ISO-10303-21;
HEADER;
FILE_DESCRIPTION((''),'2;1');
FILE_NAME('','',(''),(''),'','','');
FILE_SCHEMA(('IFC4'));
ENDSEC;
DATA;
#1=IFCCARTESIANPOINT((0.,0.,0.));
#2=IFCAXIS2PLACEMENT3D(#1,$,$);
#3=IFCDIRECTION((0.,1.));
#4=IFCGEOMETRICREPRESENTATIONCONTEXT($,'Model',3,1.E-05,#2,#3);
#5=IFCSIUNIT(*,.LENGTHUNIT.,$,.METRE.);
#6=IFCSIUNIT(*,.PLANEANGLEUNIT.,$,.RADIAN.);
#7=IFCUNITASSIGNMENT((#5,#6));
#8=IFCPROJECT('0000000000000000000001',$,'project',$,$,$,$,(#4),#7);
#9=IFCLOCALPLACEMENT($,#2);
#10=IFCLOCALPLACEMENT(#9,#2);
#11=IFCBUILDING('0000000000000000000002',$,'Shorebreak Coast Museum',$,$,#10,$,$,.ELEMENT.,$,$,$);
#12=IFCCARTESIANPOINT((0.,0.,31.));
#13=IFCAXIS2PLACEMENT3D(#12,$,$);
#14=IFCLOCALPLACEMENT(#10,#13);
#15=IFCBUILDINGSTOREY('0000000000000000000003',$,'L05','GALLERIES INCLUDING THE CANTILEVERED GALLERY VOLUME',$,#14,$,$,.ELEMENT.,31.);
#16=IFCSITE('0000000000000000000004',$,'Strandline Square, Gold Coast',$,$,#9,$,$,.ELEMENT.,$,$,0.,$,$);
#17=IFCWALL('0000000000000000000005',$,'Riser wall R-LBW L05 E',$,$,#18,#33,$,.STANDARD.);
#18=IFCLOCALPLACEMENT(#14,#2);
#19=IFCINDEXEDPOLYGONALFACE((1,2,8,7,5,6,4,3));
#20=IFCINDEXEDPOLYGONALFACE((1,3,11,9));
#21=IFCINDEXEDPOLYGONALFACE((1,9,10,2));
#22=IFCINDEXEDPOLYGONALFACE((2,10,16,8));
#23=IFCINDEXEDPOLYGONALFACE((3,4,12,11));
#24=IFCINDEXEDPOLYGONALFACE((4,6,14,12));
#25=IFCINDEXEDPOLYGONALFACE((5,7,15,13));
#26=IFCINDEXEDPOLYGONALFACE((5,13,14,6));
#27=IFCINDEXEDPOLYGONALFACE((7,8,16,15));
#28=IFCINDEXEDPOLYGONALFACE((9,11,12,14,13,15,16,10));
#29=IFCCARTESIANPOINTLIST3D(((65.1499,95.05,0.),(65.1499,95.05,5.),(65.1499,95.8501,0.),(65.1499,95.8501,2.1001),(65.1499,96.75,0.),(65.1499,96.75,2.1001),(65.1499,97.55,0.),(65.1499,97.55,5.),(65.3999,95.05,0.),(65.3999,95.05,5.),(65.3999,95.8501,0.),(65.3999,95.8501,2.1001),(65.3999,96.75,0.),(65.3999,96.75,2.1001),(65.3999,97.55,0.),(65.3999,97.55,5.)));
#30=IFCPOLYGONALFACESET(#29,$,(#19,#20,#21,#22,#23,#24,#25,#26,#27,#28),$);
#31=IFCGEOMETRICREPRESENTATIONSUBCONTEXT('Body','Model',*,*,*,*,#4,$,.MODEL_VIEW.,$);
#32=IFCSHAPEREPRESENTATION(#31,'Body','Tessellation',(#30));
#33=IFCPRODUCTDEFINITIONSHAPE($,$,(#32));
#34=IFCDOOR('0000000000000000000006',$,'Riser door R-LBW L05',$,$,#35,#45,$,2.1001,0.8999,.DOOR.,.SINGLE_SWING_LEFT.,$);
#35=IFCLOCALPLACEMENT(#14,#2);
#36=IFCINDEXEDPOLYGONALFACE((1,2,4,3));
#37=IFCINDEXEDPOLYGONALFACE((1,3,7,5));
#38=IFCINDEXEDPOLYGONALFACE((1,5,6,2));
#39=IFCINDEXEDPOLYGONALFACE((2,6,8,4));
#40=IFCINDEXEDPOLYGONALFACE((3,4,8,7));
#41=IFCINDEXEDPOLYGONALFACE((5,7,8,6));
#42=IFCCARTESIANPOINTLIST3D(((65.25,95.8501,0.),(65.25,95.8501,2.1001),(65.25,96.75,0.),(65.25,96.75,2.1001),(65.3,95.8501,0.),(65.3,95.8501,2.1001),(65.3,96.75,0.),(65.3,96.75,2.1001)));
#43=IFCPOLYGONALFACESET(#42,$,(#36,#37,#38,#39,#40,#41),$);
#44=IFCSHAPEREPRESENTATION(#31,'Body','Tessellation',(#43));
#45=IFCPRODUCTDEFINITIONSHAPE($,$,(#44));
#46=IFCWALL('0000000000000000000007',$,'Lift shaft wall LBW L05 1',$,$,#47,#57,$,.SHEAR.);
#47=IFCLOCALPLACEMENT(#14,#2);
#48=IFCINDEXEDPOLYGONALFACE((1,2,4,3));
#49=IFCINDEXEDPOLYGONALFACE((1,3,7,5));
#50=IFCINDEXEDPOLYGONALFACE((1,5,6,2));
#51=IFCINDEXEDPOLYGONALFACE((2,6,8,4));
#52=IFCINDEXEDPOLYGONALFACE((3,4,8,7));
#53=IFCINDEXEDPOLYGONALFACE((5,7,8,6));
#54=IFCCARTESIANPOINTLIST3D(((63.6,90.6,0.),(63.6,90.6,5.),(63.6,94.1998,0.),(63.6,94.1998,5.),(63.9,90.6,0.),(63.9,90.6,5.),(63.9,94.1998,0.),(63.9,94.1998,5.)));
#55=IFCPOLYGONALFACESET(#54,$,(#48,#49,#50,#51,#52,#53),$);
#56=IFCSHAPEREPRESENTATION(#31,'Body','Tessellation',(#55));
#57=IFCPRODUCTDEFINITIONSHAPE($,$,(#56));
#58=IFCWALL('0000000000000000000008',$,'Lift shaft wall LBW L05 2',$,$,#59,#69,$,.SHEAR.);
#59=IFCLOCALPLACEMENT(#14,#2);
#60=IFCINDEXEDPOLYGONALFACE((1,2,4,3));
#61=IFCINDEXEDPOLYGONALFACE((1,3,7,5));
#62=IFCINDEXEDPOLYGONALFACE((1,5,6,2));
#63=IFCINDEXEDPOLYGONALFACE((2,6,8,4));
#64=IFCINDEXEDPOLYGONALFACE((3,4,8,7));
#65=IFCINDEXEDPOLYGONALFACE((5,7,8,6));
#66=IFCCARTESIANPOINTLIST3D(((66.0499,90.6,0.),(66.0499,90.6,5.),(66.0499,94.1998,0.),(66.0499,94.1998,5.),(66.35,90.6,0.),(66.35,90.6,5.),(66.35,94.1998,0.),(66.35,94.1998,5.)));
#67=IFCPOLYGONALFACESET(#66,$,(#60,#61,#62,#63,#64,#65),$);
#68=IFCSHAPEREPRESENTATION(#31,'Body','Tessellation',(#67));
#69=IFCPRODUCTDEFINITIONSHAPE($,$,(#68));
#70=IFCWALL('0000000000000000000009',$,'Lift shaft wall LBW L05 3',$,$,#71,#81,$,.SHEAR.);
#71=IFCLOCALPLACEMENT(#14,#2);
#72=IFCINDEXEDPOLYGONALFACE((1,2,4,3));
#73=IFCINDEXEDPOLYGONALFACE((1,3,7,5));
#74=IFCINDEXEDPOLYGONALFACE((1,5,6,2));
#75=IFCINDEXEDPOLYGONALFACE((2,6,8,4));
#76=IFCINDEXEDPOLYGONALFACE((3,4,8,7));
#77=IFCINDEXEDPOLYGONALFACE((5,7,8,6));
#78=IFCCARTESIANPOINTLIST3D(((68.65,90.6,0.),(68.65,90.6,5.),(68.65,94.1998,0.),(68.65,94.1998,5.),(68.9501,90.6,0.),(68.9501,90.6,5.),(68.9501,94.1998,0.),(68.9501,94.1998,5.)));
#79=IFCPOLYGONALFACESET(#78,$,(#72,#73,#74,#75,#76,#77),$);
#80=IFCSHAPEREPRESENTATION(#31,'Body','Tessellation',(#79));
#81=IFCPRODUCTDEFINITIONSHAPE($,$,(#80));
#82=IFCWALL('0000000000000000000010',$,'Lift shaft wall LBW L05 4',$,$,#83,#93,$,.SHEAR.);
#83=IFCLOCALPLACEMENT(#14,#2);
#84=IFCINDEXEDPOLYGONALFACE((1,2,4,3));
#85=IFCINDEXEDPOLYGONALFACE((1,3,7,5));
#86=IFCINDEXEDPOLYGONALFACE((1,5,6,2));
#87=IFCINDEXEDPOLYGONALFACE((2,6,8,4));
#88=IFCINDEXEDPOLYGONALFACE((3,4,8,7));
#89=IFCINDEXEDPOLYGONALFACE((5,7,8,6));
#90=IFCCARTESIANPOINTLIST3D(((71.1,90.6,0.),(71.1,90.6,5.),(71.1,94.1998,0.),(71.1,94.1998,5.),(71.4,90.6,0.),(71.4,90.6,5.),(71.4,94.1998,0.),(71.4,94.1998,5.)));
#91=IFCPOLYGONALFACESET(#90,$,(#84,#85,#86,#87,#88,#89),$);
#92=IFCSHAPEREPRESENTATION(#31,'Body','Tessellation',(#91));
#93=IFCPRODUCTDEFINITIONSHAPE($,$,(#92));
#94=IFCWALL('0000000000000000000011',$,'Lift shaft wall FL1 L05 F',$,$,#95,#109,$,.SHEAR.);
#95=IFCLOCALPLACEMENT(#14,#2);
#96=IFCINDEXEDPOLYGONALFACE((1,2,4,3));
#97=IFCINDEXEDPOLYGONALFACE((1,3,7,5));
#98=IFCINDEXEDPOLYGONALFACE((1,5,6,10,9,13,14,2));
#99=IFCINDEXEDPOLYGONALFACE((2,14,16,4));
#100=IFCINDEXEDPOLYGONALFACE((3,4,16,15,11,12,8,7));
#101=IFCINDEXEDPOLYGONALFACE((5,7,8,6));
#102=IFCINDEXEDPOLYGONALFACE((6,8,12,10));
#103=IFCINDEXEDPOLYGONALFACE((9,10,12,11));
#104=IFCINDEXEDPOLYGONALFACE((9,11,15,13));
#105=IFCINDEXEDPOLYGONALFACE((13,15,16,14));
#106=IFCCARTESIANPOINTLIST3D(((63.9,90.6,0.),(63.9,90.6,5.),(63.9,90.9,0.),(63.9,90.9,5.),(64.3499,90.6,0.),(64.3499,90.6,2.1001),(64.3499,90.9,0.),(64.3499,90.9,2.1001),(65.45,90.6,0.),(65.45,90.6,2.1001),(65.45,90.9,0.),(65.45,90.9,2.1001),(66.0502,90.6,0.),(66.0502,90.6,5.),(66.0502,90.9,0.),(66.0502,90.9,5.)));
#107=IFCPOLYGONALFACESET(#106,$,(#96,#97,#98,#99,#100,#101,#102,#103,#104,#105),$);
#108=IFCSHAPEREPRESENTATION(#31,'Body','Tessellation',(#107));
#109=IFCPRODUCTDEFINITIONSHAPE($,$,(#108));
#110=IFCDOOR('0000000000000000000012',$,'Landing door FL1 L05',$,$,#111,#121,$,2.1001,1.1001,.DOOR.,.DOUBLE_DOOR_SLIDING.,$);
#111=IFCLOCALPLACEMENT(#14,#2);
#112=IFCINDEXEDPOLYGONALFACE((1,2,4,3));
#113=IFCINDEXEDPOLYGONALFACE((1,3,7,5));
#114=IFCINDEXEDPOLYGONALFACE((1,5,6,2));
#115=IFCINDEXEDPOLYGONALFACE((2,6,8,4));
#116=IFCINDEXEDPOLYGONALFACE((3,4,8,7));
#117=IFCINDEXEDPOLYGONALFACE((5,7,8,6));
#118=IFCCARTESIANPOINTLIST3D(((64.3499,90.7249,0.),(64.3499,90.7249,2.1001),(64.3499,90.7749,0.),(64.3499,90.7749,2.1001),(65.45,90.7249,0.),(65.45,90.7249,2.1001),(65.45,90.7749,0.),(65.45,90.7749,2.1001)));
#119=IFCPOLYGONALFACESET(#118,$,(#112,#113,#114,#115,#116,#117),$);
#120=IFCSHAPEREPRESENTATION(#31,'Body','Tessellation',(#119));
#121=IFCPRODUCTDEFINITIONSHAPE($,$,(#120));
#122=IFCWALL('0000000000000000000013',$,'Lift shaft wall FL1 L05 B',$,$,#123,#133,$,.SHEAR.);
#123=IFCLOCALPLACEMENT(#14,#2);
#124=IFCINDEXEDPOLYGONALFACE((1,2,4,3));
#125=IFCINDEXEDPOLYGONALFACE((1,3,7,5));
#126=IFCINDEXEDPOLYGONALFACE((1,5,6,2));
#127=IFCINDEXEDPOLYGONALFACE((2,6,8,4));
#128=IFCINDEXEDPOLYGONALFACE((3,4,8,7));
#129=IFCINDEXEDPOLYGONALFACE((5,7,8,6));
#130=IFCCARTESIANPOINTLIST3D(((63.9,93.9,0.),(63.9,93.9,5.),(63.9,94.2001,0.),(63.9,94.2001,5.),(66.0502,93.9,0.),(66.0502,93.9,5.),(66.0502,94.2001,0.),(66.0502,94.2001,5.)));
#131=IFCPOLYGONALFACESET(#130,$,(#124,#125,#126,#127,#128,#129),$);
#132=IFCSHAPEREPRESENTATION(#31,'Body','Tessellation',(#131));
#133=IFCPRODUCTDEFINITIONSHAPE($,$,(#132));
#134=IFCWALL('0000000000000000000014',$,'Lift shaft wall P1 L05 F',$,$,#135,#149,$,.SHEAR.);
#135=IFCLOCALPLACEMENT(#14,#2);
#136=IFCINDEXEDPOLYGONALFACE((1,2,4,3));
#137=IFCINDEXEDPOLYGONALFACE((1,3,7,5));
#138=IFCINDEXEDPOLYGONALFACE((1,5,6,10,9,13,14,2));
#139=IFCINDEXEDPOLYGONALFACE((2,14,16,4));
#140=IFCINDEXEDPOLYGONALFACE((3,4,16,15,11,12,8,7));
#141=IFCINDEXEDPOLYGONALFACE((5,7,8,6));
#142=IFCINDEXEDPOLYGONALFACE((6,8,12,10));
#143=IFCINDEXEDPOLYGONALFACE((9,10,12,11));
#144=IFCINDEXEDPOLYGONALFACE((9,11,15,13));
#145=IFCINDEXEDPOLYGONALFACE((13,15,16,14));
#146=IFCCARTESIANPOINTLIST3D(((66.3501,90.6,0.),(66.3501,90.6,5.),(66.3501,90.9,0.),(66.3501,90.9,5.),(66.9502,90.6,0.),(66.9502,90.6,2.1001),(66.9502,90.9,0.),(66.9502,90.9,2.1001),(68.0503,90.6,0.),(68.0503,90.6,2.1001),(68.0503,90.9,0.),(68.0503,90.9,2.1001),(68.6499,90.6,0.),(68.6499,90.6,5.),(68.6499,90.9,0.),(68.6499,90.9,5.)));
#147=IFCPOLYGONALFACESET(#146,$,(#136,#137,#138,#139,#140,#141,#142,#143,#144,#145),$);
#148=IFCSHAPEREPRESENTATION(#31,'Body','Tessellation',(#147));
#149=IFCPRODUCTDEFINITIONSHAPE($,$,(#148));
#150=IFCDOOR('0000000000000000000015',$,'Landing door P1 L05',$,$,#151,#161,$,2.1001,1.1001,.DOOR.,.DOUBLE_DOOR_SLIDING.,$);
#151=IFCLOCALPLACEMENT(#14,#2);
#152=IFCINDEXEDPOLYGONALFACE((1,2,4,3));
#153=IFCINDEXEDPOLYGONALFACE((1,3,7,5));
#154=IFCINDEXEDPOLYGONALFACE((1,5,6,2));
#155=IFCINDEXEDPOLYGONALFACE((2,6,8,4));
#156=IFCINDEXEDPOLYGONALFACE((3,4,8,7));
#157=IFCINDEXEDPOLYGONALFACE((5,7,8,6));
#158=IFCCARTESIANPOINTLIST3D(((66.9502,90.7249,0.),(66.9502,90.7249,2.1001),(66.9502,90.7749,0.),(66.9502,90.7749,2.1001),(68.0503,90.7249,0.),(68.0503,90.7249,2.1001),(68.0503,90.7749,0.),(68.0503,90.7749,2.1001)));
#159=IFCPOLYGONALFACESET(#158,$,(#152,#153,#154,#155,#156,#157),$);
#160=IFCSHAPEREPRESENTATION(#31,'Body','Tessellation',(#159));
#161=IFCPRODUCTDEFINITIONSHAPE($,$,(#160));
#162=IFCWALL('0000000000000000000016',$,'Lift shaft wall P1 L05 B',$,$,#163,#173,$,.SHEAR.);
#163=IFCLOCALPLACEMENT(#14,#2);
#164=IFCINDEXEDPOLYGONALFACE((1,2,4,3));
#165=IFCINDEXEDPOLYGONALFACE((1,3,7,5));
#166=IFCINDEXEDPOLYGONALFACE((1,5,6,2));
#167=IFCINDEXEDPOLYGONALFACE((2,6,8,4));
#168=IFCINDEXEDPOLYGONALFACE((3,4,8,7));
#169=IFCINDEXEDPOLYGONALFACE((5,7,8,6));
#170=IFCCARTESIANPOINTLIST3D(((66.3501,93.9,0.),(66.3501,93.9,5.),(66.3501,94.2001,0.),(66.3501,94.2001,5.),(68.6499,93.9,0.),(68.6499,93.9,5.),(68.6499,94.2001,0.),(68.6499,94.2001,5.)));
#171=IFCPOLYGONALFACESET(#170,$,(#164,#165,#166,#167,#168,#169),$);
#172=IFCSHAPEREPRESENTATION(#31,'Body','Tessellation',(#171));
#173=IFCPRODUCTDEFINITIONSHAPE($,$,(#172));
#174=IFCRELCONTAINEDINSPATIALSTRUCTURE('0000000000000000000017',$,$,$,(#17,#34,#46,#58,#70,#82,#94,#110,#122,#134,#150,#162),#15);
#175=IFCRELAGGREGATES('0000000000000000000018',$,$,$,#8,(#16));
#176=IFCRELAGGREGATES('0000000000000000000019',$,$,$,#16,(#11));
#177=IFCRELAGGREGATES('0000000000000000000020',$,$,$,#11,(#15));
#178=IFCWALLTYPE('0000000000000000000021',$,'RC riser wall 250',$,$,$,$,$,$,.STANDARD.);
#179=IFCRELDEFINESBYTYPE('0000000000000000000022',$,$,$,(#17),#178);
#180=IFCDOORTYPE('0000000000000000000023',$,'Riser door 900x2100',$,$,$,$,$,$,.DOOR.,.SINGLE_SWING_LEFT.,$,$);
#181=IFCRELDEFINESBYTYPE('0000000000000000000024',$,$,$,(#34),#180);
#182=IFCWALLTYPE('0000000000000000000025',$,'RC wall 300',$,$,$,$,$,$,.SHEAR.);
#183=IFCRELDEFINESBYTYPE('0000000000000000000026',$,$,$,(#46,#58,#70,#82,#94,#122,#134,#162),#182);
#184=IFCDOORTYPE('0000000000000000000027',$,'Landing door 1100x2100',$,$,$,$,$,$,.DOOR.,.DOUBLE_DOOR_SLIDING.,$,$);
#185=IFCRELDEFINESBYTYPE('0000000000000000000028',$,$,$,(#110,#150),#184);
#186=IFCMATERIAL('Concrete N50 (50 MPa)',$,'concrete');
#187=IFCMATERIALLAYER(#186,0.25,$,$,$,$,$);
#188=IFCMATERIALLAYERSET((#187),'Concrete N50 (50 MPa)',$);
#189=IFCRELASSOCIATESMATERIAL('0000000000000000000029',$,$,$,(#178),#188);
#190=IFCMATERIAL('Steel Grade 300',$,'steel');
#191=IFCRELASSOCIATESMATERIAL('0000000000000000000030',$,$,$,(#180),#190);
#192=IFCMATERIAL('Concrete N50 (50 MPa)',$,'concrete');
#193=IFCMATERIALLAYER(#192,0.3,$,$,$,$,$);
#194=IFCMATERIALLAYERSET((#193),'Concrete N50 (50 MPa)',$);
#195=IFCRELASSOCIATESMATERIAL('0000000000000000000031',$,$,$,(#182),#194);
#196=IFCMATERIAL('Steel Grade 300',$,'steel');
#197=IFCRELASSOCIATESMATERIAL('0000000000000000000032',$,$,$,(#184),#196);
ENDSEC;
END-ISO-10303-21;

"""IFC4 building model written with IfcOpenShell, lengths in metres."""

from ifc_helpers import new_model, si_unit, direction, frame, frame_2d, origin, place, context, subcontext, project, spatial, rectangle, extrude, material, layer, layer_set, type_object, element, fill, save


model = new_model("IFC4")

# Units and contexts
model_context = context("Model", 3, precision=1e-05, world=origin(), true_north=direction((0.0, 1.0)))
body_context = subcontext(model_context, "Body", "Model", "MODEL_VIEW")
ifc_project = project(units=[si_unit("LENGTHUNIT", "METRE"), si_unit("PLANEANGLEUNIT", "RADIAN")], contexts=[model_context])

# Site, building, storey
site_placement = place(None, origin())
site = spatial("IfcSite", under=ifc_project, at=site_placement, Name="Strandline Square, Gold Coast", CompositionType="ELEMENT", RefElevation=0.0)
building_placement = place(site_placement, origin())
building = spatial("IfcBuilding", under=site, at=building_placement, Name="Shorebreak Coast Museum", CompositionType="ELEMENT")
storey_placement = place(building_placement, frame((0.0, 0.0, 31.0)))
storey = spatial("IfcBuildingStorey", under=building, at=storey_placement, Name="L05", Description="GALLERIES INCLUDING THE CANTILEVERED GALLERY VOLUME", CompositionType="ELEMENT", Elevation=31.0)

# Shared definitions
ifc_material_1 = material(Name="Concrete N50 (50 MPa)", Category="concrete")
ifc_layer_1 = layer(ifc_material_1, 0.25)
ifc_layer_set_1 = layer_set([ifc_layer_1], Name="Concrete N50 (50 MPa)")
wall_type_1 = type_object("IfcWallType", Name="RC riser wall 250", PredefinedType="STANDARD", material=ifc_layer_set_1)

# Wall, opening, door
wall_1_placement = place(storey_placement, frame((65.2749, 95.05, 0.0), z_axis=(0.0, 0.0, 1.0), x_axis=(0.0, 1.0, 0.0)))
wall_1 = element("IfcWall", 1, at=wall_1_placement, inside=storey, type_object=wall_type_1, Name="Riser wall R-LBW L05 E", PredefinedType="STANDARD", context=body_context, shape_type="SweptSolid", body=[
    extrude(rectangle(XDim=2.5, YDim=0.25, at=frame_2d((1.25, 0.0))), origin(), (0.0, 0.0, 1.0), 5.0),
])
opening_1_placement = place(wall_1_placement, frame((0.8, 0.0, 0.0)))
opening_1 = element("IfcOpeningElement", 2, at=opening_1_placement, cuts=wall_1, PredefinedType="OPENING", context=body_context, shape_type="SweptSolid", body=[
    extrude(rectangle(XDim=0.8999, YDim=2.1001, at=frame_2d((0.45, 1.05))), frame((0.0, 0.135, 0.0), z_axis=(0.0, -1.0, 0.0), x_axis=(1.0, 0.0, 0.0)), (0.0, 0.0, 1.0), 0.27),
])
ifc_material_2 = material(Name="Steel Grade 300", Category="steel")
door_type_1 = type_object("IfcDoorType", Name="Riser door 900x2100", OperationType="SINGLE_SWING_LEFT", PredefinedType="DOOR", material=ifc_material_2)
door_1_placement = place(opening_1_placement, origin())
door_1 = element("IfcDoor", 3, at=door_1_placement, inside=storey, type_object=door_type_1, Name="Riser door R-LBW L05", OperationType="SINGLE_SWING_LEFT", OverallHeight=2.1001, OverallWidth=0.8999, PredefinedType="DOOR", context=body_context, shape_type="SweptSolid", body=[
    extrude(rectangle(XDim=0.8999, YDim=2.1001, at=frame_2d((0.45, 1.05))), frame((0.0, 0.0249, 0.0), z_axis=(0.0, -1.0, 0.0), x_axis=(1.0, 0.0, 0.0)), (0.0, 0.0, 1.0), 0.05),
])
fill(opening_1, door_1)

# Walls
ifc_material_3 = material(Name="Concrete N50 (50 MPa)", Category="concrete")
ifc_layer_2 = layer(ifc_material_3, 0.3)
ifc_layer_set_2 = layer_set([ifc_layer_2], Name="Concrete N50 (50 MPa)")
wall_type_2 = type_object("IfcWallType", Name="RC wall 300", PredefinedType="SHEAR", material=ifc_layer_set_2)
for number, where, z_axis, x_axis, name in (
    (4, (63.75, 90.6001, 0.0), (0.0, 0.0, 1.0), (0.0, 1.0, 0.0), "Lift shaft wall LBW L05 1"),
    (5, (66.2, 90.6001, 0.0), (0.0, 0.0, 1.0), (0.0, 1.0, 0.0), "Lift shaft wall LBW L05 2"),
    (6, (68.8, 90.6001, 0.0), (0.0, 0.0, 1.0), (0.0, 1.0, 0.0), "Lift shaft wall LBW L05 3"),
    (7, (71.25, 90.6001, 0.0), (0.0, 0.0, 1.0), (0.0, 1.0, 0.0), "Lift shaft wall LBW L05 4"),
):
    element("IfcWall", number, at=place(storey_placement, frame(where, z_axis=z_axis, x_axis=x_axis)), inside=storey, type_object=wall_type_2, Name=name, PredefinedType="SHEAR", context=body_context, shape_type="SweptSolid", body=[
        extrude(rectangle(XDim=3.5999, YDim=0.3, at=frame_2d((1.7998, 0.0))), origin(), (0.0, 0.0, 1.0), 5.0),
    ])

# Wall, opening, door
wall_2_placement = place(storey_placement, frame((63.8999, 90.75, 0.0), z_axis=(0.0, 0.0, 1.0), x_axis=(1.0, 0.0, 0.0)))
wall_2 = element("IfcWall", 8, at=wall_2_placement, inside=storey, type_object=wall_type_2, Name="Lift shaft wall FL1 L05 F", PredefinedType="SHEAR", context=body_context, shape_type="SweptSolid", body=[
    extrude(rectangle(XDim=2.1501, YDim=0.3, at=frame_2d((1.0752, 0.0))), origin(), (0.0, 0.0, 1.0), 5.0),
])
opening_2_placement = place(wall_2_placement, frame((0.45, 0.0, 0.0)))
opening_2 = element("IfcOpeningElement", 9, at=opening_2_placement, cuts=wall_2, PredefinedType="OPENING", context=body_context, shape_type="SweptSolid", body=[
    extrude(rectangle(XDim=1.1001, YDim=2.1001, at=frame_2d((0.55, 1.05))), frame((0.0, 0.1599, 0.0), z_axis=(0.0, -1.0, 0.0), x_axis=(1.0, 0.0, 0.0)), (0.0, 0.0, 1.0), 0.3201),
])
ifc_material_4 = material(Name="Steel Grade 300", Category="steel")
door_type_2 = type_object("IfcDoorType", Name="Landing door 1100x2100", OperationType="DOUBLE_DOOR_SLIDING", PredefinedType="DOOR", material=ifc_material_4)
door_2_placement = place(opening_2_placement, origin())
door_2 = element("IfcDoor", 10, at=door_2_placement, inside=storey, type_object=door_type_2, Name="Landing door FL1 L05", OperationType="DOUBLE_DOOR_SLIDING", OverallHeight=2.1001, OverallWidth=1.1001, PredefinedType="DOOR", context=body_context, shape_type="SweptSolid", body=[
    extrude(rectangle(XDim=1.1001, YDim=2.1001, at=frame_2d((0.55, 1.05))), frame((0.0, 0.0249, 0.0), z_axis=(0.0, -1.0, 0.0), x_axis=(1.0, 0.0, 0.0)), (0.0, 0.0, 1.0), 0.05),
])
fill(opening_2, door_2)

# Wall
wall_3_placement = place(storey_placement, frame((63.8999, 94.05, 0.0), z_axis=(0.0, 0.0, 1.0), x_axis=(1.0, 0.0, 0.0)))
element("IfcWall", 11, at=wall_3_placement, inside=storey, type_object=wall_type_2, Name="Lift shaft wall FL1 L05 B", PredefinedType="SHEAR", context=body_context, shape_type="SweptSolid", body=[
    extrude(rectangle(XDim=2.1501, YDim=0.3, at=frame_2d((1.0752, 0.0))), origin(), (0.0, 0.0, 1.0), 5.0),
])

# Wall, opening, door
wall_4_placement = place(storey_placement, frame((66.3501, 90.75, 0.0), z_axis=(0.0, 0.0, 1.0), x_axis=(1.0, 0.0, 0.0)))
wall_4 = element("IfcWall", 12, at=wall_4_placement, inside=storey, type_object=wall_type_2, Name="Lift shaft wall P1 L05 F", PredefinedType="SHEAR", context=body_context, shape_type="SweptSolid", body=[
    extrude(rectangle(XDim=2.2998, YDim=0.3, at=frame_2d((1.1499, 0.0))), origin(), (0.0, 0.0, 1.0), 5.0),
])
opening_3_placement = place(wall_4_placement, frame((0.6001, 0.0, 0.0)))
opening_3 = element("IfcOpeningElement", 13, at=opening_3_placement, cuts=wall_4, PredefinedType="OPENING", context=body_context, shape_type="SweptSolid", body=[
    extrude(rectangle(XDim=1.1001, YDim=2.1001, at=frame_2d((0.55, 1.05))), frame((0.0, 0.1599, 0.0), z_axis=(0.0, -1.0, 0.0), x_axis=(1.0, 0.0, 0.0)), (0.0, 0.0, 1.0), 0.3201),
])
door_3_placement = place(opening_3_placement, origin())
door_3 = element("IfcDoor", 14, at=door_3_placement, inside=storey, type_object=door_type_2, Name="Landing door P1 L05", OperationType="DOUBLE_DOOR_SLIDING", OverallHeight=2.1001, OverallWidth=1.1001, PredefinedType="DOOR", context=body_context, shape_type="SweptSolid", body=[
    extrude(rectangle(XDim=1.1001, YDim=2.1001, at=frame_2d((0.55, 1.05))), frame((0.0, 0.0249, 0.0), z_axis=(0.0, -1.0, 0.0), x_axis=(1.0, 0.0, 0.0)), (0.0, 0.0, 1.0), 0.05),
])
fill(opening_3, door_3)

# Wall
wall_5_placement = place(storey_placement, frame((66.3501, 94.05, 0.0), z_axis=(0.0, 0.0, 1.0), x_axis=(1.0, 0.0, 0.0)))
element("IfcWall", 15, at=wall_5_placement, inside=storey, type_object=wall_type_2, Name="Lift shaft wall P1 L05 B", PredefinedType="SHEAR", context=body_context, shape_type="SweptSolid", body=[
    extrude(rectangle(XDim=2.2998, YDim=0.3, at=frame_2d((1.1499, 0.0))), origin(), (0.0, 0.0, 1.0), 5.0),
])

save(model, "model.ifc")
